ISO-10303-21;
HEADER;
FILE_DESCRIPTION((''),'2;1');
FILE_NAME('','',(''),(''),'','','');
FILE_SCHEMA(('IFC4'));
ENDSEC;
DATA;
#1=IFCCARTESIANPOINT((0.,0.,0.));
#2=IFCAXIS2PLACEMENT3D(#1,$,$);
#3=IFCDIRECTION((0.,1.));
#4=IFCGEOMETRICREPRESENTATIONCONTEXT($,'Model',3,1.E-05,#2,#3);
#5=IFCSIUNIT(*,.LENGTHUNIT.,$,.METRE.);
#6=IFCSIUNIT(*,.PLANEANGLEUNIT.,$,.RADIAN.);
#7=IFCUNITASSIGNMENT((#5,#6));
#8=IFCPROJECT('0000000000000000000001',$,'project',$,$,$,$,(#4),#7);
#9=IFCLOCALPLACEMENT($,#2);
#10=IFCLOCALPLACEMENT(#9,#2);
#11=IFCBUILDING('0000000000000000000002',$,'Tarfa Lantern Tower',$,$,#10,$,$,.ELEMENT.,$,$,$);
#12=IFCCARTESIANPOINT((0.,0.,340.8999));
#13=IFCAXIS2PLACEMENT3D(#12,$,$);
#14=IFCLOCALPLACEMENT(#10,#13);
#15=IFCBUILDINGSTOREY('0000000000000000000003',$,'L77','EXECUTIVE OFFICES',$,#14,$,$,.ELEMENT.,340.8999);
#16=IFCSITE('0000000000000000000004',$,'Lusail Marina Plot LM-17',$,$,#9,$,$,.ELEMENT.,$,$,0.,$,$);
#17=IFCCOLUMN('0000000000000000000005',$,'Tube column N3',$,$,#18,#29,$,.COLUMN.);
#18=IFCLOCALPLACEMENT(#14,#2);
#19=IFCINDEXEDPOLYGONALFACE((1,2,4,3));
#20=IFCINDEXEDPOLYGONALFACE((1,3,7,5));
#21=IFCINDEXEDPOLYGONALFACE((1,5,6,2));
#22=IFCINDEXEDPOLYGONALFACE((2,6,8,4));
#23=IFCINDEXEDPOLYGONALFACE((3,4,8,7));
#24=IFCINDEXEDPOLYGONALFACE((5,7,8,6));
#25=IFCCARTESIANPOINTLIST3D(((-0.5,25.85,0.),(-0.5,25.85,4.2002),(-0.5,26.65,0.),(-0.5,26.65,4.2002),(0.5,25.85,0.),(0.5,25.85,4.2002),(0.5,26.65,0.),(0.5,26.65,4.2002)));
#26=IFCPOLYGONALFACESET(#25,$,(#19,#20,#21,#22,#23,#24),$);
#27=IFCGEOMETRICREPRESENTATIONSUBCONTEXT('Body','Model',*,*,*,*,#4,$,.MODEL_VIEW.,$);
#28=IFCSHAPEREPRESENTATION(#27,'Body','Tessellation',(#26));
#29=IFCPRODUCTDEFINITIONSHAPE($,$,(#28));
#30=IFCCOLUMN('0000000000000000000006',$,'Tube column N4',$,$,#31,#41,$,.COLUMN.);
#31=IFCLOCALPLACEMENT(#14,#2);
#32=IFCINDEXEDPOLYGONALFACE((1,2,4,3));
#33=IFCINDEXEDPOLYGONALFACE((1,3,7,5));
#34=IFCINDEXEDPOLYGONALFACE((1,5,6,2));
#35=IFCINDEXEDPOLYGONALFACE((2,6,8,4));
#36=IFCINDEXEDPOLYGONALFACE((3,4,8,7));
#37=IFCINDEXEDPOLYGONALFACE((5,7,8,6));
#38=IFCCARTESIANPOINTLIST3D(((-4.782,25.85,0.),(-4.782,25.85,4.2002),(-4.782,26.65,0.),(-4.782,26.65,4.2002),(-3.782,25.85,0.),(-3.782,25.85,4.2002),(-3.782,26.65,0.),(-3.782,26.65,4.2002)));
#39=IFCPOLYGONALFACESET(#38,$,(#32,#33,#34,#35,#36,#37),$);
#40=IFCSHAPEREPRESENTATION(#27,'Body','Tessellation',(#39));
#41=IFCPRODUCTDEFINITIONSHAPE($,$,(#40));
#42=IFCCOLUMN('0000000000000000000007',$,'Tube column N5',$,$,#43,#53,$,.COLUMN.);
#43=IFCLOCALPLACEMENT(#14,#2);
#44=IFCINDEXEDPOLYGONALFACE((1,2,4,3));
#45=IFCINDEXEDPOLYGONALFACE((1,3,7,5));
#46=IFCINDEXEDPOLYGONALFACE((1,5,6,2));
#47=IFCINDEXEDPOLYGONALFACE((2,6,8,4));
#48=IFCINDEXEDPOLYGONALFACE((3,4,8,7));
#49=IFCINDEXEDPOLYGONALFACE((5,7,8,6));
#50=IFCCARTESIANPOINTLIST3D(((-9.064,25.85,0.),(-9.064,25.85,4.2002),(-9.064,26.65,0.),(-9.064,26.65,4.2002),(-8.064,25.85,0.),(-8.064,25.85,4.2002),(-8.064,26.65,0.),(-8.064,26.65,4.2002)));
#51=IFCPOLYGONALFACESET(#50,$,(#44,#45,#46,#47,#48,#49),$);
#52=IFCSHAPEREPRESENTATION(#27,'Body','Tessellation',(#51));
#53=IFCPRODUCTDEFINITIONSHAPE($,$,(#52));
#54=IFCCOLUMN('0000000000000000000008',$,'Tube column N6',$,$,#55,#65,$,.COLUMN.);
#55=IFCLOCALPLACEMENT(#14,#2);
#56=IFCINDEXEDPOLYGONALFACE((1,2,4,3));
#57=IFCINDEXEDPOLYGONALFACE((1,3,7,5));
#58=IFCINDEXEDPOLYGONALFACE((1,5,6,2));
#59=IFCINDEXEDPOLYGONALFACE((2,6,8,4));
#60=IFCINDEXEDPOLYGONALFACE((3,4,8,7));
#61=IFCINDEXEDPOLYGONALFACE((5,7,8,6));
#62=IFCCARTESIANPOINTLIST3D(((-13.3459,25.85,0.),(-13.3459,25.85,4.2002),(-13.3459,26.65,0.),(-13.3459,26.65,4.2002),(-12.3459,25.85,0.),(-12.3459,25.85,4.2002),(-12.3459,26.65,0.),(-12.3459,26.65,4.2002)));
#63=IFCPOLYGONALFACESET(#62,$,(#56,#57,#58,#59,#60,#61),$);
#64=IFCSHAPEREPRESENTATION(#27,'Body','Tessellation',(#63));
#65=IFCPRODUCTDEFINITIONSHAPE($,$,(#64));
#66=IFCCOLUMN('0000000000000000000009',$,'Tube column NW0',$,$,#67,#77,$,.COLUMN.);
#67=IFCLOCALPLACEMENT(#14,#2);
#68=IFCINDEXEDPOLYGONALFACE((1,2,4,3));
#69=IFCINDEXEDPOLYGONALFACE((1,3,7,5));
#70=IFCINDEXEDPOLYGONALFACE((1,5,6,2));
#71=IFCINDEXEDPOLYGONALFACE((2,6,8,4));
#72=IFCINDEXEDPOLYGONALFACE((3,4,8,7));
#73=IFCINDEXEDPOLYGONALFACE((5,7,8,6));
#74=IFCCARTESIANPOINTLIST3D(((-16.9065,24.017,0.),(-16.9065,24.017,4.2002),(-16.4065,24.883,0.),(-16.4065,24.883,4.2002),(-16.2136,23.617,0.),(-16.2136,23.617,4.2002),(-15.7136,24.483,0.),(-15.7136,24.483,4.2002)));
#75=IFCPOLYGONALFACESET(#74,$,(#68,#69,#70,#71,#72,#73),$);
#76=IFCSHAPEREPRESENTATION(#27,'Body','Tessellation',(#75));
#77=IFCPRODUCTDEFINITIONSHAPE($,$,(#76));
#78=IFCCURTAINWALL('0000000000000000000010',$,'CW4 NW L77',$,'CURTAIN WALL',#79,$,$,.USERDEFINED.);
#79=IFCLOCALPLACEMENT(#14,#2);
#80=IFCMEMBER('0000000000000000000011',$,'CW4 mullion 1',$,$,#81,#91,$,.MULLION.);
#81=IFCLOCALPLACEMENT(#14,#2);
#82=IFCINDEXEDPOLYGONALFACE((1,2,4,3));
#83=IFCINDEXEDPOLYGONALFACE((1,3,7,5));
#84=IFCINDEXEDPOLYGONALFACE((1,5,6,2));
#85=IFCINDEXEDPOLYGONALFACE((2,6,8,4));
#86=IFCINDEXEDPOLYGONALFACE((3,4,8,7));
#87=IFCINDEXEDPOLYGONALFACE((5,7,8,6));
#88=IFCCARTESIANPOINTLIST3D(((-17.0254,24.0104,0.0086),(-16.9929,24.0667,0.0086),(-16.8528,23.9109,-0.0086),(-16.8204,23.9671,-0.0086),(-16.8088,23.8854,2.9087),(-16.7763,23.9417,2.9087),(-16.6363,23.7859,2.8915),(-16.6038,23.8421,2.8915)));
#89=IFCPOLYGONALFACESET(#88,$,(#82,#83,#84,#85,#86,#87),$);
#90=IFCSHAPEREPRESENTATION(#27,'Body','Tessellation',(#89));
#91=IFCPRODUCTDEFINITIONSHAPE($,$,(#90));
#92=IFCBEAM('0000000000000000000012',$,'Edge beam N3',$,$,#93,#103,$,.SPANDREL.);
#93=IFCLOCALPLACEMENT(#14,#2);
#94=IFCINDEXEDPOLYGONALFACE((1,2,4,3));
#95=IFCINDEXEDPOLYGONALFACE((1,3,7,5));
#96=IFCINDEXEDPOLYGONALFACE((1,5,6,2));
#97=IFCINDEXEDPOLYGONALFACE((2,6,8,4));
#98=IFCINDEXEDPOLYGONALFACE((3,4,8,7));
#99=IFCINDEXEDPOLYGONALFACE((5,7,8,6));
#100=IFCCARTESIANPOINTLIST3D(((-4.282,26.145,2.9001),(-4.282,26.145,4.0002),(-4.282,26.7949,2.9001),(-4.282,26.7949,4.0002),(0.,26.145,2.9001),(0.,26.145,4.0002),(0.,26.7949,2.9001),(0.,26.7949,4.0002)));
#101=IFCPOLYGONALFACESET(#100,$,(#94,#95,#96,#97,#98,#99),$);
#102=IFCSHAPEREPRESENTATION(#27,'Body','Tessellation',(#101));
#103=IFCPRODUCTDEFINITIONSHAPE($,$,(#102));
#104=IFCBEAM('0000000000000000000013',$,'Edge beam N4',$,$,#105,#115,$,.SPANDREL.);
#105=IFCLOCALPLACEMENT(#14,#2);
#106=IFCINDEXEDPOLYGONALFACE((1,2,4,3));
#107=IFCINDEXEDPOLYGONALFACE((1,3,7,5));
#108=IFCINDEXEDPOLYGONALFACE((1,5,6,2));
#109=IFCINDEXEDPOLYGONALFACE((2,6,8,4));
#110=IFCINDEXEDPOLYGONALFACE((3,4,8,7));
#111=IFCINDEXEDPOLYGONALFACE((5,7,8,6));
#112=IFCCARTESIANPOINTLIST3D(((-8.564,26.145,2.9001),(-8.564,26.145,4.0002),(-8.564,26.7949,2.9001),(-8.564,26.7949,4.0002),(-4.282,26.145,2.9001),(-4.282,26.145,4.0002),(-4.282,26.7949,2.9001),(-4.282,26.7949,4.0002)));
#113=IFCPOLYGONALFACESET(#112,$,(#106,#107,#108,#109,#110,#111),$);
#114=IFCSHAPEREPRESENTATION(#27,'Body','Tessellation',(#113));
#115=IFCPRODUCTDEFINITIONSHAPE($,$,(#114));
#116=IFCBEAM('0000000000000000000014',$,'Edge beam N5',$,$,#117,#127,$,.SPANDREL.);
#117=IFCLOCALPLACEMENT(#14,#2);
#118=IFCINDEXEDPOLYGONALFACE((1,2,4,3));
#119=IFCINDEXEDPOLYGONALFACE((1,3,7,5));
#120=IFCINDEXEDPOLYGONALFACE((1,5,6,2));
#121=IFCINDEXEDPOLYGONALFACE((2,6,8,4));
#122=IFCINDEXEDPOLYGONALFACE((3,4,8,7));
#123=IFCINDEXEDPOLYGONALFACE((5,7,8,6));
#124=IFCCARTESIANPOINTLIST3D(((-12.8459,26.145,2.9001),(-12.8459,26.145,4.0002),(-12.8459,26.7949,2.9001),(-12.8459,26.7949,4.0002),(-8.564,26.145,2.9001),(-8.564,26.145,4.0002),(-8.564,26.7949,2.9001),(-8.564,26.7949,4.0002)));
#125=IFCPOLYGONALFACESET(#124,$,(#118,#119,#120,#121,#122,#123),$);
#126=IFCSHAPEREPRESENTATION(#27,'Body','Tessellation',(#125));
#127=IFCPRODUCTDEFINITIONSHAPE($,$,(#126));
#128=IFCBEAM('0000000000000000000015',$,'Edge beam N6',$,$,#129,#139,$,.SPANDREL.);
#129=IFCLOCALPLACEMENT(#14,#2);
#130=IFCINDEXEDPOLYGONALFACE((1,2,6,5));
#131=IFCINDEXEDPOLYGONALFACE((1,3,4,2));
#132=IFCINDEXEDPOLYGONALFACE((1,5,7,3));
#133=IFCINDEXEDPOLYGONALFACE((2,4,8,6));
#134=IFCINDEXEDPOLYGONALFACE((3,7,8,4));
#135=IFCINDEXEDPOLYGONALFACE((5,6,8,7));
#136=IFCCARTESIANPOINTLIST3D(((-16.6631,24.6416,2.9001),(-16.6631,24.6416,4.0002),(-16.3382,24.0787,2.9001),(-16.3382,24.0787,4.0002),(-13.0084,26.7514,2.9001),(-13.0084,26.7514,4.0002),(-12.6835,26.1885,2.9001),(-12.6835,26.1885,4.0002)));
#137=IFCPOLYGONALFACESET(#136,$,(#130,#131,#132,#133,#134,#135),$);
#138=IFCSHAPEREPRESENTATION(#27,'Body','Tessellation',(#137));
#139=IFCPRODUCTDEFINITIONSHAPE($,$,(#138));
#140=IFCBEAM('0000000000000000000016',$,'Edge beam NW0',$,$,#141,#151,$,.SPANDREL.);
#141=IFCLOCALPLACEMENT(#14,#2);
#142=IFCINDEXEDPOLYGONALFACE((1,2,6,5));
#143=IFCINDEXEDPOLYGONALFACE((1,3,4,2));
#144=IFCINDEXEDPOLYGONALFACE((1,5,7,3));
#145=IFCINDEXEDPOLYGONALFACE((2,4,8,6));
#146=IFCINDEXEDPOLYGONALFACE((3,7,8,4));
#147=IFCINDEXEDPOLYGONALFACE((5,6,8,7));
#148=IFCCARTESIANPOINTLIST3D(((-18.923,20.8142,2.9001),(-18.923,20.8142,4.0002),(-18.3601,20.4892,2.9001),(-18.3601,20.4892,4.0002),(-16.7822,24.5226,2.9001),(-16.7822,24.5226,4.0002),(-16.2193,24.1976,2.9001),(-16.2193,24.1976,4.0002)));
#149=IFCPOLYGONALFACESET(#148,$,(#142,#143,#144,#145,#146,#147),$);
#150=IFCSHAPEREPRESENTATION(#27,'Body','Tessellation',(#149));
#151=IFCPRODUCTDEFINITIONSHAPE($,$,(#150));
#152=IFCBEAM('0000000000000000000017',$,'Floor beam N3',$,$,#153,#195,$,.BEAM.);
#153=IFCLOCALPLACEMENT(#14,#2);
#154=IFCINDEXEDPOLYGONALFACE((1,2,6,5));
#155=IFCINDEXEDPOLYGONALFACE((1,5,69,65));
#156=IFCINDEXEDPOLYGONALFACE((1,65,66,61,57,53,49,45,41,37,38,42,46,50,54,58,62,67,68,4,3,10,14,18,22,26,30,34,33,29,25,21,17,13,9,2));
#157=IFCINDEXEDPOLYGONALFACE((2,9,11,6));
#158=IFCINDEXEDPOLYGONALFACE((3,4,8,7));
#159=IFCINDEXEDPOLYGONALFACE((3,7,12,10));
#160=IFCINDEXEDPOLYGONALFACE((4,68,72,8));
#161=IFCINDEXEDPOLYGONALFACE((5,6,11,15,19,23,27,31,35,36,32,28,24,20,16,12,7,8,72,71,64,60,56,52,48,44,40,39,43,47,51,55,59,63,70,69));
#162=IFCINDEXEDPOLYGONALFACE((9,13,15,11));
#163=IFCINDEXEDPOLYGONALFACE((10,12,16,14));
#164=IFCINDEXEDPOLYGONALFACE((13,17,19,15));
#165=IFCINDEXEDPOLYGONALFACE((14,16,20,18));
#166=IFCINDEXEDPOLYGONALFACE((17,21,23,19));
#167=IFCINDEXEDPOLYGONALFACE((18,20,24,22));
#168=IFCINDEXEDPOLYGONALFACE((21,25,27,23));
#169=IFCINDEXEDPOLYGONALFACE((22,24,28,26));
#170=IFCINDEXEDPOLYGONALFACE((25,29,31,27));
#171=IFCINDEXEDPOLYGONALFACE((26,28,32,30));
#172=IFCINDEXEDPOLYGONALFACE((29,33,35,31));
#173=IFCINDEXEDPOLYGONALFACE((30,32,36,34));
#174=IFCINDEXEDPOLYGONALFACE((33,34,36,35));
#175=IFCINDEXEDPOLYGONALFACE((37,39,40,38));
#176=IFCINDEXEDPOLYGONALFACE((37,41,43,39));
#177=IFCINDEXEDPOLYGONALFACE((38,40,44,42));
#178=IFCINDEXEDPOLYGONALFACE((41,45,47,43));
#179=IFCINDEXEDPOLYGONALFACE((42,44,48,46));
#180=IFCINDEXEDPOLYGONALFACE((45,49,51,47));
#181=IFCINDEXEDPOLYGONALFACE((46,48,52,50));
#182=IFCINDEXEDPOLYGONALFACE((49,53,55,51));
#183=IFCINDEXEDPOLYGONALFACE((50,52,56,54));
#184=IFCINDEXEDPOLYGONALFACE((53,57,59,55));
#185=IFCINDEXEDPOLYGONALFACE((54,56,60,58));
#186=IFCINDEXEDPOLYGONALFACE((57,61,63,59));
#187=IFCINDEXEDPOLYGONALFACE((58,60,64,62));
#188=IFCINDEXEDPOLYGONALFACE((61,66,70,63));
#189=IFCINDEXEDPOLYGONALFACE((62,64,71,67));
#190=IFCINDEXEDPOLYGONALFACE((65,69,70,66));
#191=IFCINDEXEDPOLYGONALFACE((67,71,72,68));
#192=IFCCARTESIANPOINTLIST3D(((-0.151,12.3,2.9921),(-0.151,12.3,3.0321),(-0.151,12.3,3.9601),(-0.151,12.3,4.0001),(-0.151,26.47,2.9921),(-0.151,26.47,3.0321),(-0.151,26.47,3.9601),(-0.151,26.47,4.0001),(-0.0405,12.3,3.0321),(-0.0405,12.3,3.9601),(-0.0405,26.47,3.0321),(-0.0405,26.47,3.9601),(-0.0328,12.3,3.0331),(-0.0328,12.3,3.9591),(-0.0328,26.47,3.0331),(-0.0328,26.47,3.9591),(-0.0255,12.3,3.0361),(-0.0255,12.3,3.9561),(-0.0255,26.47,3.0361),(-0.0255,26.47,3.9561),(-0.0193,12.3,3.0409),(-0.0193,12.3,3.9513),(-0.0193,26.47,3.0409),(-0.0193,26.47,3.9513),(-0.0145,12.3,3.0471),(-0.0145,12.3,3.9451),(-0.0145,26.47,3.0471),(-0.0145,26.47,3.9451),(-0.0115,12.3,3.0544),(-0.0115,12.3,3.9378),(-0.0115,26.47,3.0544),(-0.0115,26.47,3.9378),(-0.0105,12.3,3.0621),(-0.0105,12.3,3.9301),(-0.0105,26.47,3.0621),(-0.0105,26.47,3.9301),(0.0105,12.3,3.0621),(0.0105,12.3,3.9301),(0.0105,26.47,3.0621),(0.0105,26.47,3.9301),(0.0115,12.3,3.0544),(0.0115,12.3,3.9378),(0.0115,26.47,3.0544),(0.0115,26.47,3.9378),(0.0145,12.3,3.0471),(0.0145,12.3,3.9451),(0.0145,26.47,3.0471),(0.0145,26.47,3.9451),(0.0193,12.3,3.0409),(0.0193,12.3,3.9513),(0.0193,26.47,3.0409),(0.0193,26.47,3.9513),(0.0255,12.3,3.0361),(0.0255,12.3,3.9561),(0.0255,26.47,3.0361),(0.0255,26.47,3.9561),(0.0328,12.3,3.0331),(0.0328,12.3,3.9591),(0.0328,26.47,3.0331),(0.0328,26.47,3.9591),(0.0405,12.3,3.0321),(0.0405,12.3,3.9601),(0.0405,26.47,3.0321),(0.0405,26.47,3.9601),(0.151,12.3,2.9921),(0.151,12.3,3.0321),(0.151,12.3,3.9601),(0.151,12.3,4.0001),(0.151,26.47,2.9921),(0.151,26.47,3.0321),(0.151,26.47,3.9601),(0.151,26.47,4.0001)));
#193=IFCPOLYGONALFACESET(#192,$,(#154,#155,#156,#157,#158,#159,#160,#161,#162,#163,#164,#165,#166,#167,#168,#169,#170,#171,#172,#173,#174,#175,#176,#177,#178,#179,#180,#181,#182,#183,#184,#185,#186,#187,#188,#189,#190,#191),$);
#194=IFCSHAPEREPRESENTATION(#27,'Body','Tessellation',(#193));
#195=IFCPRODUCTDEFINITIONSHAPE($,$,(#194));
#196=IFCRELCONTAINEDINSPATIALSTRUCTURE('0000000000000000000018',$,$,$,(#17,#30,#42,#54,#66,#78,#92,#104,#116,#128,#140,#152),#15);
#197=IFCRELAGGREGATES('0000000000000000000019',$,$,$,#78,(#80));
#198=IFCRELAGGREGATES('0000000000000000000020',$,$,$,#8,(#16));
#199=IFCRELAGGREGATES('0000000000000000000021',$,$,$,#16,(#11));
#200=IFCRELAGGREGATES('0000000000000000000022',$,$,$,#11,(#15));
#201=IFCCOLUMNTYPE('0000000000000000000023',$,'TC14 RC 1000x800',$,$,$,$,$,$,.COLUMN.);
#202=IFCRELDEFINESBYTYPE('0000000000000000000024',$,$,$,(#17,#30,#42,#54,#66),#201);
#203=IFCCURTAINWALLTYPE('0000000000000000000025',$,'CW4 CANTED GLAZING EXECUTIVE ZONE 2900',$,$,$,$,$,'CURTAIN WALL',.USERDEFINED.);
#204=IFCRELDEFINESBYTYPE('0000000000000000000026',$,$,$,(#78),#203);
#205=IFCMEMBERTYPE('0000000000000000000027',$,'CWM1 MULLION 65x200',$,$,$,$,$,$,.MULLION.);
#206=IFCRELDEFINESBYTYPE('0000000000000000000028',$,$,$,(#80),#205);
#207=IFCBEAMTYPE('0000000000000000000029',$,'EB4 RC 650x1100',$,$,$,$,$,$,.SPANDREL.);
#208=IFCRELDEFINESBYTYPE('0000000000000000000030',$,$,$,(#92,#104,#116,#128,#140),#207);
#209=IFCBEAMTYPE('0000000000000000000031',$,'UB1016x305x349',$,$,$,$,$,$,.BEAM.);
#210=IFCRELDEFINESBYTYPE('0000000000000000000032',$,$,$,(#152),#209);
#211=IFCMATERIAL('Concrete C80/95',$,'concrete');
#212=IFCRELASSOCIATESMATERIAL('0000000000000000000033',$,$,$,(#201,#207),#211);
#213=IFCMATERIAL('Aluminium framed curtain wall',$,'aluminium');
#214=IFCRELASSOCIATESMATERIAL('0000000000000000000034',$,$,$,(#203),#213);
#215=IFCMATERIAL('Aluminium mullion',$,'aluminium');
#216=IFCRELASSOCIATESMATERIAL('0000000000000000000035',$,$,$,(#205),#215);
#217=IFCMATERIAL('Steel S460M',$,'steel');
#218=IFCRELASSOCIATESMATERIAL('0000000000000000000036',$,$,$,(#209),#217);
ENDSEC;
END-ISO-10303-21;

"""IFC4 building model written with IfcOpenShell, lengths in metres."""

from ifc_helpers import new_model, si_unit, direction, frame, origin, origin_2d, place, context, subcontext, project, spatial, rectangle, i_section, extrude, material, material_profile, profile_set, type_object, element, aggregate, save


model = new_model("IFC4")

# Units and contexts
model_context = context("Model", 3, precision=1e-05, world=origin(), true_north=direction((0.0, 1.0)))
body_context = subcontext(model_context, "Body", "Model", "MODEL_VIEW")
ifc_project = project(units=[si_unit("LENGTHUNIT", "METRE"), si_unit("PLANEANGLEUNIT", "RADIAN")], contexts=[model_context])

# Site, building, storey
site_placement = place(None, origin())
site = spatial("IfcSite", under=ifc_project, at=site_placement, Name="Lusail Marina Plot LM-17", CompositionType="ELEMENT", RefElevation=0.0)
building_placement = place(site_placement, origin())
building = spatial("IfcBuilding", under=site, at=building_placement, Name="Tarfa Lantern Tower", CompositionType="ELEMENT")
storey_placement = place(building_placement, frame((0.0, 0.0, 340.8999)))
storey = spatial("IfcBuildingStorey", under=building, at=storey_placement, Name="L77", Description="EXECUTIVE OFFICES", CompositionType="ELEMENT", Elevation=340.8999)

# Columns
ifc_material_1 = material(Name="Concrete C80/95", Category="concrete")
ifc_material_profile_1 = material_profile(ifc_material_1, rectangle(XDim=1.0, YDim=0.8, at=origin_2d()), Name="RC 1000x800")
ifc_profile_set_1 = profile_set([ifc_material_profile_1], Name="Concrete C80/95")
column_type = type_object("IfcColumnType", Name="TC14 RC 1000x800", PredefinedType="COLUMN", material=ifc_profile_set_1)
for number, where, z_axis, x_axis, name in (
    (1, (0.0, 26.25, 0.0), (0.0, 0.0, 1.0), (-1.0, 0.0, 0.0), "Tube column N3"),
    (2, (-4.282, 26.25, 0.0), (0.0, 0.0, 1.0), (-1.0, 0.0, 0.0), "Tube column N4"),
    (3, (-8.564, 26.25, 0.0), (0.0, 0.0, 1.0), (-1.0, 0.0, 0.0), "Tube column N5"),
    (4, (-12.8459, 26.25, 0.0), (0.0, 0.0, 1.0), (-1.0, 0.0, 0.0), "Tube column N6"),
    (5, (-16.3101, 24.25, 0.0), (0.0, 0.0, 1.0), (-0.5, -0.866025, 0.0), "Tube column NW0"),
):
    element("IfcColumn", number, at=place(storey_placement, frame(where, z_axis=z_axis, x_axis=x_axis)), inside=storey, type_object=column_type, Name=name, PredefinedType="COLUMN", context=body_context, shape_type="SweptSolid", body=[
        extrude(rectangle(XDim=1.0, YDim=0.8, at=origin_2d()), origin(), (0.0, 0.0, 1.0), 4.2002),
    ])

# Curtain wall, member
ifc_material_2 = material(Name="Aluminium framed curtain wall", Category="aluminium")
curtain_wall_type = type_object("IfcCurtainWallType", Name="CW4 CANTED GLAZING EXECUTIVE ZONE 2900", ElementType="CURTAIN WALL", PredefinedType="USERDEFINED", material=ifc_material_2)
curtain_wall_placement = place(storey_placement, origin())
curtain_wall = element("IfcCurtainWall", 6, at=curtain_wall_placement, inside=storey, type_object=curtain_wall_type, Name="CW4 NW L77", ObjectType="CURTAIN WALL", PredefinedType="USERDEFINED")
ifc_material_3 = material(Name="Aluminium mullion", Category="aluminium")
ifc_material_profile_2 = material_profile(ifc_material_3, rectangle(XDim=0.0649, YDim=0.2, at=origin_2d()), Name="AL MULLION 65x200")
ifc_profile_set_2 = profile_set([ifc_material_profile_2], Name="Aluminium mullion")
member_type = type_object("IfcMemberType", Name="CWM1 MULLION 65x200", PredefinedType="MULLION", material=ifc_profile_set_2)
member_placement = place(storey_placement, frame((-16.9229, 23.9888, 0.0), z_axis=(0.074394, -0.042942, 0.996304), x_axis=(0.49992, 0.866072, 0.0)))
member = element("IfcMember", 7, at=member_placement, type_object=member_type, Name="CW4 mullion 1", PredefinedType="MULLION", context=body_context, shape_type="SweptSolid", body=[
    extrude(rectangle(XDim=0.0649, YDim=0.2, at=origin_2d()), origin(), (0.0, 0.0, 1.0), 2.9109),
])

# Beams
ifc_material_profile_3 = material_profile(ifc_material_1, rectangle(XDim=0.6499, YDim=1.1001, at=origin_2d()), Name="RC 650x1100")
ifc_profile_set_3 = profile_set([ifc_material_profile_3], Name="Concrete C80/95")
beam_type_1 = type_object("IfcBeamType", Name="EB4 RC 650x1100", PredefinedType="SPANDREL", material=ifc_profile_set_3)
for number, where, z_axis, x_axis, name in (
    (8, (0.0, 26.47, 3.4502), (-1.0, 0.0, 0.0), (0.0, -1.0, 0.0), "Edge beam N3"),
    (9, (-4.282, 26.47, 3.4502), (-1.0, 0.0, 0.0), (0.0, -1.0, 0.0), "Edge beam N4"),
    (10, (-8.564, 26.47, 3.4502), (-1.0, 0.0, 0.0), (0.0, -1.0, 0.0), "Edge beam N5"),
):
    element("IfcBeam", number, at=place(storey_placement, frame(where, z_axis=z_axis, x_axis=x_axis)), inside=storey, type_object=beam_type_1, Name=name, PredefinedType="SPANDREL", context=body_context, shape_type="SweptSolid", body=[
        extrude(rectangle(XDim=0.6499, YDim=1.1001, at=origin_2d()), origin(), (0.0, 0.0, 1.0), 4.282),
    ])
beam_1_placement = place(storey_placement, frame((-12.8459, 26.47, 3.4502), z_axis=(-0.866049, -0.499959, 0.0), x_axis=(0.499959, -0.866049, 0.0)))
element("IfcBeam", 11, at=beam_1_placement, inside=storey, type_object=beam_type_1, Name="Edge beam N6", PredefinedType="SPANDREL", context=body_context, shape_type="SweptSolid", body=[
    extrude(rectangle(XDim=0.6499, YDim=1.1001, at=origin_2d()), origin(), (0.0, 0.0, 1.0), 4.22),
])
beam_2_placement = place(storey_placement, frame((-16.5007, 24.3601, 3.4502), z_axis=(-0.499959, -0.866049, 0.0), x_axis=(0.866049, -0.499959, 0.0)))
element("IfcBeam", 12, at=beam_2_placement, inside=storey, type_object=beam_type_1, Name="Edge beam NW0", PredefinedType="SPANDREL", context=body_context, shape_type="SweptSolid", body=[
    extrude(rectangle(XDim=0.6499, YDim=1.1001, at=origin_2d()), origin(), (0.0, 0.0, 1.0), 4.282),
])
ifc_material_4 = material(Name="Steel S460M", Category="steel")
ifc_material_profile_4 = material_profile(ifc_material_4, i_section(OverallWidth=0.302, OverallDepth=1.0081, WebThickness=0.021, FlangeThickness=0.04, FilletRadius=0.03, at=origin_2d()), Name="UB1016x305x349")
ifc_profile_set_4 = profile_set([ifc_material_profile_4], Name="Steel S460M")
beam_type_2 = type_object("IfcBeamType", Name="UB1016x305x349", PredefinedType="BEAM", material=ifc_profile_set_4)
for number, where, z_axis, x_axis, name in (
    (13, (0.0, 26.47, 3.4961), (0.0, -1.0, 0.0), (1.0, 0.0, 0.0), "Floor beam N3"),
):
    element("IfcBeam", number, at=place(storey_placement, frame(where, z_axis=z_axis, x_axis=x_axis)), inside=storey, type_object=beam_type_2, Name=name, PredefinedType="BEAM", context=body_context, shape_type="SweptSolid", body=[
        extrude(i_section(OverallWidth=0.302, OverallDepth=1.0081, WebThickness=0.021, FlangeThickness=0.04, FilletRadius=0.03, at=origin_2d()), origin(), (0.0, 0.0, 1.0), 14.1699),
    ])

aggregate(curtain_wall, [member])

save(model, "model.ifc")
